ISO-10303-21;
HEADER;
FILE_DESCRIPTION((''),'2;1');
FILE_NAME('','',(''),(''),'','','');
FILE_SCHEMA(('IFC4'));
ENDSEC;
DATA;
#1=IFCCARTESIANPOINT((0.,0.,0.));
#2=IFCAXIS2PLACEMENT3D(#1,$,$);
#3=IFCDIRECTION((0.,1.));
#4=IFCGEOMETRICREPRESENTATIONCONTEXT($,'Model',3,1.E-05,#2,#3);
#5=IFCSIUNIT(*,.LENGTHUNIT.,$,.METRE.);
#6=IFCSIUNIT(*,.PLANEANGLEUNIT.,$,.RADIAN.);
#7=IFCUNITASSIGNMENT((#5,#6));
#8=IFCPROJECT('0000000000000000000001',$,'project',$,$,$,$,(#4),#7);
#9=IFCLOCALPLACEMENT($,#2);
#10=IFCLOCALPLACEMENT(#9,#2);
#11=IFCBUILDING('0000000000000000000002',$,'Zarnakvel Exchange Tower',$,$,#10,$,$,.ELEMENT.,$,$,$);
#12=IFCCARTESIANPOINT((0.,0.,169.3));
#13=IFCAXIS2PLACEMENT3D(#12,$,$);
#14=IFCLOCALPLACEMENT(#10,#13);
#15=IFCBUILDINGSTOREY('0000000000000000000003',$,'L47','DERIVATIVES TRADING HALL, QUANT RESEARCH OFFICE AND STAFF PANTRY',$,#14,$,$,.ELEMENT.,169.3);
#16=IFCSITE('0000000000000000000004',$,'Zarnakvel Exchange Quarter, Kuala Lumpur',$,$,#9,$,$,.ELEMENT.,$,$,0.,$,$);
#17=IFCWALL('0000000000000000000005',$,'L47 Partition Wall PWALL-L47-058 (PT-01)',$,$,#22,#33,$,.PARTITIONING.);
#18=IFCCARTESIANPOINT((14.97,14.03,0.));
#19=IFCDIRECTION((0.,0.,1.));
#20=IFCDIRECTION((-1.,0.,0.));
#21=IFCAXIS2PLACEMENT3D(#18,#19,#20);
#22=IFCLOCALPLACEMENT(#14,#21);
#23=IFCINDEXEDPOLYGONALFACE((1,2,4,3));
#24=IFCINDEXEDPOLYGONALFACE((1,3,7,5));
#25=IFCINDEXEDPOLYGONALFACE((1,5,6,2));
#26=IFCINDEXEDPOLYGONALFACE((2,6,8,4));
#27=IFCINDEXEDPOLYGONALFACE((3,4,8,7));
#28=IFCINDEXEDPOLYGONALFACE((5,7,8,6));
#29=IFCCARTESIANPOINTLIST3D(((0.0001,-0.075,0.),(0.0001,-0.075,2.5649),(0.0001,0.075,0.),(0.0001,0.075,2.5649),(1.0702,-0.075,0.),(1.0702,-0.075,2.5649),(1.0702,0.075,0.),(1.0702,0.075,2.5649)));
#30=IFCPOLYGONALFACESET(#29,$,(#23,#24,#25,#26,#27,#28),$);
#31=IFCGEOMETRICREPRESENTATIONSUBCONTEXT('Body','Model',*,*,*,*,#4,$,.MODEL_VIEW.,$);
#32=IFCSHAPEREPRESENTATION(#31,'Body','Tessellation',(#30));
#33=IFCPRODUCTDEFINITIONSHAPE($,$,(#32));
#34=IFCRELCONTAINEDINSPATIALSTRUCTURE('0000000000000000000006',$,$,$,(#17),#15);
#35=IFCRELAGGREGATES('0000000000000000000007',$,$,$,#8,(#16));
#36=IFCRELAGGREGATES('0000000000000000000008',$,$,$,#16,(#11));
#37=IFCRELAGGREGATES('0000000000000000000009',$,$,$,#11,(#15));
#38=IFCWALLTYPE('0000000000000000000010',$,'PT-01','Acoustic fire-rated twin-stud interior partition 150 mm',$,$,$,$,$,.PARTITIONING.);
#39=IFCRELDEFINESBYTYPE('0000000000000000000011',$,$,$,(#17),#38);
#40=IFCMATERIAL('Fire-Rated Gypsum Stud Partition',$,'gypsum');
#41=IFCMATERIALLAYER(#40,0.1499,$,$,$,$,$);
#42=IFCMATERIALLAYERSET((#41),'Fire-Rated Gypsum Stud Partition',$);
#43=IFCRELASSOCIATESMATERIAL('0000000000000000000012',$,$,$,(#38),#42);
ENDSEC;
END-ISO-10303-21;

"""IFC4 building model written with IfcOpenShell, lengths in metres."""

from ifc_helpers import new_model, si_unit, direction, frame, frame_2d, origin, place, context, subcontext, project, spatial, rectangle, extrude, material, layer, layer_set, type_object, element, save


model = new_model("IFC4")

# Units and contexts
model_context = context("Model", 3, precision=1e-05, world=origin(), true_north=direction((0.0, 1.0)))
body_context = subcontext(model_context, "Body", "Model", "MODEL_VIEW")
ifc_project = project(units=[si_unit("LENGTHUNIT", "METRE"), si_unit("PLANEANGLEUNIT", "RADIAN")], contexts=[model_context])

# Site, building, storey
site_placement = place(None, origin())
site = spatial("IfcSite", under=ifc_project, at=site_placement, Name="Zarnakvel Exchange Quarter, Kuala Lumpur", CompositionType="ELEMENT", RefElevation=0.0)
building_placement = place(site_placement, origin())
building = spatial("IfcBuilding", under=site, at=building_placement, Name="Zarnakvel Exchange Tower", CompositionType="ELEMENT")
storey_placement = place(building_placement, frame((0.0, 0.0, 169.3)))
storey = spatial("IfcBuildingStorey", under=building, at=storey_placement, Name="L47", Description="DERIVATIVES TRADING HALL, QUANT RESEARCH OFFICE AND STAFF PANTRY", CompositionType="ELEMENT", Elevation=169.3)

# Wall
ifc_material_1 = material(Name="Fire-Rated Gypsum Stud Partition", Category="gypsum")
ifc_layer_1 = layer(ifc_material_1, 0.1499)
ifc_layer_set_1 = layer_set([ifc_layer_1], Name="Fire-Rated Gypsum Stud Partition")
wall_type_1 = type_object("IfcWallType", Name="PT-01", Description="Acoustic fire-rated twin-stud interior partition 150 mm", PredefinedType="PARTITIONING", material=ifc_layer_set_1)
wall_1_placement = place(storey_placement, frame((14.97, 14.03, 0.0), z_axis=(0.0, 0.0, 1.0), x_axis=(-1.0, 0.0, 0.0)))
element("IfcWall", 1, at=wall_1_placement, inside=storey, type_object=wall_type_1, Name="L47 Partition Wall PWALL-L47-058 (PT-01)", PredefinedType="PARTITIONING", context=body_context, shape_type="SweptSolid", body=[
    extrude(rectangle(XDim=1.0701, YDim=0.1499, at=frame_2d((0.5352, 0.0))), origin(), (0.0, 0.0, 1.0), 2.5649),
])

save(model, "model.ifc")
